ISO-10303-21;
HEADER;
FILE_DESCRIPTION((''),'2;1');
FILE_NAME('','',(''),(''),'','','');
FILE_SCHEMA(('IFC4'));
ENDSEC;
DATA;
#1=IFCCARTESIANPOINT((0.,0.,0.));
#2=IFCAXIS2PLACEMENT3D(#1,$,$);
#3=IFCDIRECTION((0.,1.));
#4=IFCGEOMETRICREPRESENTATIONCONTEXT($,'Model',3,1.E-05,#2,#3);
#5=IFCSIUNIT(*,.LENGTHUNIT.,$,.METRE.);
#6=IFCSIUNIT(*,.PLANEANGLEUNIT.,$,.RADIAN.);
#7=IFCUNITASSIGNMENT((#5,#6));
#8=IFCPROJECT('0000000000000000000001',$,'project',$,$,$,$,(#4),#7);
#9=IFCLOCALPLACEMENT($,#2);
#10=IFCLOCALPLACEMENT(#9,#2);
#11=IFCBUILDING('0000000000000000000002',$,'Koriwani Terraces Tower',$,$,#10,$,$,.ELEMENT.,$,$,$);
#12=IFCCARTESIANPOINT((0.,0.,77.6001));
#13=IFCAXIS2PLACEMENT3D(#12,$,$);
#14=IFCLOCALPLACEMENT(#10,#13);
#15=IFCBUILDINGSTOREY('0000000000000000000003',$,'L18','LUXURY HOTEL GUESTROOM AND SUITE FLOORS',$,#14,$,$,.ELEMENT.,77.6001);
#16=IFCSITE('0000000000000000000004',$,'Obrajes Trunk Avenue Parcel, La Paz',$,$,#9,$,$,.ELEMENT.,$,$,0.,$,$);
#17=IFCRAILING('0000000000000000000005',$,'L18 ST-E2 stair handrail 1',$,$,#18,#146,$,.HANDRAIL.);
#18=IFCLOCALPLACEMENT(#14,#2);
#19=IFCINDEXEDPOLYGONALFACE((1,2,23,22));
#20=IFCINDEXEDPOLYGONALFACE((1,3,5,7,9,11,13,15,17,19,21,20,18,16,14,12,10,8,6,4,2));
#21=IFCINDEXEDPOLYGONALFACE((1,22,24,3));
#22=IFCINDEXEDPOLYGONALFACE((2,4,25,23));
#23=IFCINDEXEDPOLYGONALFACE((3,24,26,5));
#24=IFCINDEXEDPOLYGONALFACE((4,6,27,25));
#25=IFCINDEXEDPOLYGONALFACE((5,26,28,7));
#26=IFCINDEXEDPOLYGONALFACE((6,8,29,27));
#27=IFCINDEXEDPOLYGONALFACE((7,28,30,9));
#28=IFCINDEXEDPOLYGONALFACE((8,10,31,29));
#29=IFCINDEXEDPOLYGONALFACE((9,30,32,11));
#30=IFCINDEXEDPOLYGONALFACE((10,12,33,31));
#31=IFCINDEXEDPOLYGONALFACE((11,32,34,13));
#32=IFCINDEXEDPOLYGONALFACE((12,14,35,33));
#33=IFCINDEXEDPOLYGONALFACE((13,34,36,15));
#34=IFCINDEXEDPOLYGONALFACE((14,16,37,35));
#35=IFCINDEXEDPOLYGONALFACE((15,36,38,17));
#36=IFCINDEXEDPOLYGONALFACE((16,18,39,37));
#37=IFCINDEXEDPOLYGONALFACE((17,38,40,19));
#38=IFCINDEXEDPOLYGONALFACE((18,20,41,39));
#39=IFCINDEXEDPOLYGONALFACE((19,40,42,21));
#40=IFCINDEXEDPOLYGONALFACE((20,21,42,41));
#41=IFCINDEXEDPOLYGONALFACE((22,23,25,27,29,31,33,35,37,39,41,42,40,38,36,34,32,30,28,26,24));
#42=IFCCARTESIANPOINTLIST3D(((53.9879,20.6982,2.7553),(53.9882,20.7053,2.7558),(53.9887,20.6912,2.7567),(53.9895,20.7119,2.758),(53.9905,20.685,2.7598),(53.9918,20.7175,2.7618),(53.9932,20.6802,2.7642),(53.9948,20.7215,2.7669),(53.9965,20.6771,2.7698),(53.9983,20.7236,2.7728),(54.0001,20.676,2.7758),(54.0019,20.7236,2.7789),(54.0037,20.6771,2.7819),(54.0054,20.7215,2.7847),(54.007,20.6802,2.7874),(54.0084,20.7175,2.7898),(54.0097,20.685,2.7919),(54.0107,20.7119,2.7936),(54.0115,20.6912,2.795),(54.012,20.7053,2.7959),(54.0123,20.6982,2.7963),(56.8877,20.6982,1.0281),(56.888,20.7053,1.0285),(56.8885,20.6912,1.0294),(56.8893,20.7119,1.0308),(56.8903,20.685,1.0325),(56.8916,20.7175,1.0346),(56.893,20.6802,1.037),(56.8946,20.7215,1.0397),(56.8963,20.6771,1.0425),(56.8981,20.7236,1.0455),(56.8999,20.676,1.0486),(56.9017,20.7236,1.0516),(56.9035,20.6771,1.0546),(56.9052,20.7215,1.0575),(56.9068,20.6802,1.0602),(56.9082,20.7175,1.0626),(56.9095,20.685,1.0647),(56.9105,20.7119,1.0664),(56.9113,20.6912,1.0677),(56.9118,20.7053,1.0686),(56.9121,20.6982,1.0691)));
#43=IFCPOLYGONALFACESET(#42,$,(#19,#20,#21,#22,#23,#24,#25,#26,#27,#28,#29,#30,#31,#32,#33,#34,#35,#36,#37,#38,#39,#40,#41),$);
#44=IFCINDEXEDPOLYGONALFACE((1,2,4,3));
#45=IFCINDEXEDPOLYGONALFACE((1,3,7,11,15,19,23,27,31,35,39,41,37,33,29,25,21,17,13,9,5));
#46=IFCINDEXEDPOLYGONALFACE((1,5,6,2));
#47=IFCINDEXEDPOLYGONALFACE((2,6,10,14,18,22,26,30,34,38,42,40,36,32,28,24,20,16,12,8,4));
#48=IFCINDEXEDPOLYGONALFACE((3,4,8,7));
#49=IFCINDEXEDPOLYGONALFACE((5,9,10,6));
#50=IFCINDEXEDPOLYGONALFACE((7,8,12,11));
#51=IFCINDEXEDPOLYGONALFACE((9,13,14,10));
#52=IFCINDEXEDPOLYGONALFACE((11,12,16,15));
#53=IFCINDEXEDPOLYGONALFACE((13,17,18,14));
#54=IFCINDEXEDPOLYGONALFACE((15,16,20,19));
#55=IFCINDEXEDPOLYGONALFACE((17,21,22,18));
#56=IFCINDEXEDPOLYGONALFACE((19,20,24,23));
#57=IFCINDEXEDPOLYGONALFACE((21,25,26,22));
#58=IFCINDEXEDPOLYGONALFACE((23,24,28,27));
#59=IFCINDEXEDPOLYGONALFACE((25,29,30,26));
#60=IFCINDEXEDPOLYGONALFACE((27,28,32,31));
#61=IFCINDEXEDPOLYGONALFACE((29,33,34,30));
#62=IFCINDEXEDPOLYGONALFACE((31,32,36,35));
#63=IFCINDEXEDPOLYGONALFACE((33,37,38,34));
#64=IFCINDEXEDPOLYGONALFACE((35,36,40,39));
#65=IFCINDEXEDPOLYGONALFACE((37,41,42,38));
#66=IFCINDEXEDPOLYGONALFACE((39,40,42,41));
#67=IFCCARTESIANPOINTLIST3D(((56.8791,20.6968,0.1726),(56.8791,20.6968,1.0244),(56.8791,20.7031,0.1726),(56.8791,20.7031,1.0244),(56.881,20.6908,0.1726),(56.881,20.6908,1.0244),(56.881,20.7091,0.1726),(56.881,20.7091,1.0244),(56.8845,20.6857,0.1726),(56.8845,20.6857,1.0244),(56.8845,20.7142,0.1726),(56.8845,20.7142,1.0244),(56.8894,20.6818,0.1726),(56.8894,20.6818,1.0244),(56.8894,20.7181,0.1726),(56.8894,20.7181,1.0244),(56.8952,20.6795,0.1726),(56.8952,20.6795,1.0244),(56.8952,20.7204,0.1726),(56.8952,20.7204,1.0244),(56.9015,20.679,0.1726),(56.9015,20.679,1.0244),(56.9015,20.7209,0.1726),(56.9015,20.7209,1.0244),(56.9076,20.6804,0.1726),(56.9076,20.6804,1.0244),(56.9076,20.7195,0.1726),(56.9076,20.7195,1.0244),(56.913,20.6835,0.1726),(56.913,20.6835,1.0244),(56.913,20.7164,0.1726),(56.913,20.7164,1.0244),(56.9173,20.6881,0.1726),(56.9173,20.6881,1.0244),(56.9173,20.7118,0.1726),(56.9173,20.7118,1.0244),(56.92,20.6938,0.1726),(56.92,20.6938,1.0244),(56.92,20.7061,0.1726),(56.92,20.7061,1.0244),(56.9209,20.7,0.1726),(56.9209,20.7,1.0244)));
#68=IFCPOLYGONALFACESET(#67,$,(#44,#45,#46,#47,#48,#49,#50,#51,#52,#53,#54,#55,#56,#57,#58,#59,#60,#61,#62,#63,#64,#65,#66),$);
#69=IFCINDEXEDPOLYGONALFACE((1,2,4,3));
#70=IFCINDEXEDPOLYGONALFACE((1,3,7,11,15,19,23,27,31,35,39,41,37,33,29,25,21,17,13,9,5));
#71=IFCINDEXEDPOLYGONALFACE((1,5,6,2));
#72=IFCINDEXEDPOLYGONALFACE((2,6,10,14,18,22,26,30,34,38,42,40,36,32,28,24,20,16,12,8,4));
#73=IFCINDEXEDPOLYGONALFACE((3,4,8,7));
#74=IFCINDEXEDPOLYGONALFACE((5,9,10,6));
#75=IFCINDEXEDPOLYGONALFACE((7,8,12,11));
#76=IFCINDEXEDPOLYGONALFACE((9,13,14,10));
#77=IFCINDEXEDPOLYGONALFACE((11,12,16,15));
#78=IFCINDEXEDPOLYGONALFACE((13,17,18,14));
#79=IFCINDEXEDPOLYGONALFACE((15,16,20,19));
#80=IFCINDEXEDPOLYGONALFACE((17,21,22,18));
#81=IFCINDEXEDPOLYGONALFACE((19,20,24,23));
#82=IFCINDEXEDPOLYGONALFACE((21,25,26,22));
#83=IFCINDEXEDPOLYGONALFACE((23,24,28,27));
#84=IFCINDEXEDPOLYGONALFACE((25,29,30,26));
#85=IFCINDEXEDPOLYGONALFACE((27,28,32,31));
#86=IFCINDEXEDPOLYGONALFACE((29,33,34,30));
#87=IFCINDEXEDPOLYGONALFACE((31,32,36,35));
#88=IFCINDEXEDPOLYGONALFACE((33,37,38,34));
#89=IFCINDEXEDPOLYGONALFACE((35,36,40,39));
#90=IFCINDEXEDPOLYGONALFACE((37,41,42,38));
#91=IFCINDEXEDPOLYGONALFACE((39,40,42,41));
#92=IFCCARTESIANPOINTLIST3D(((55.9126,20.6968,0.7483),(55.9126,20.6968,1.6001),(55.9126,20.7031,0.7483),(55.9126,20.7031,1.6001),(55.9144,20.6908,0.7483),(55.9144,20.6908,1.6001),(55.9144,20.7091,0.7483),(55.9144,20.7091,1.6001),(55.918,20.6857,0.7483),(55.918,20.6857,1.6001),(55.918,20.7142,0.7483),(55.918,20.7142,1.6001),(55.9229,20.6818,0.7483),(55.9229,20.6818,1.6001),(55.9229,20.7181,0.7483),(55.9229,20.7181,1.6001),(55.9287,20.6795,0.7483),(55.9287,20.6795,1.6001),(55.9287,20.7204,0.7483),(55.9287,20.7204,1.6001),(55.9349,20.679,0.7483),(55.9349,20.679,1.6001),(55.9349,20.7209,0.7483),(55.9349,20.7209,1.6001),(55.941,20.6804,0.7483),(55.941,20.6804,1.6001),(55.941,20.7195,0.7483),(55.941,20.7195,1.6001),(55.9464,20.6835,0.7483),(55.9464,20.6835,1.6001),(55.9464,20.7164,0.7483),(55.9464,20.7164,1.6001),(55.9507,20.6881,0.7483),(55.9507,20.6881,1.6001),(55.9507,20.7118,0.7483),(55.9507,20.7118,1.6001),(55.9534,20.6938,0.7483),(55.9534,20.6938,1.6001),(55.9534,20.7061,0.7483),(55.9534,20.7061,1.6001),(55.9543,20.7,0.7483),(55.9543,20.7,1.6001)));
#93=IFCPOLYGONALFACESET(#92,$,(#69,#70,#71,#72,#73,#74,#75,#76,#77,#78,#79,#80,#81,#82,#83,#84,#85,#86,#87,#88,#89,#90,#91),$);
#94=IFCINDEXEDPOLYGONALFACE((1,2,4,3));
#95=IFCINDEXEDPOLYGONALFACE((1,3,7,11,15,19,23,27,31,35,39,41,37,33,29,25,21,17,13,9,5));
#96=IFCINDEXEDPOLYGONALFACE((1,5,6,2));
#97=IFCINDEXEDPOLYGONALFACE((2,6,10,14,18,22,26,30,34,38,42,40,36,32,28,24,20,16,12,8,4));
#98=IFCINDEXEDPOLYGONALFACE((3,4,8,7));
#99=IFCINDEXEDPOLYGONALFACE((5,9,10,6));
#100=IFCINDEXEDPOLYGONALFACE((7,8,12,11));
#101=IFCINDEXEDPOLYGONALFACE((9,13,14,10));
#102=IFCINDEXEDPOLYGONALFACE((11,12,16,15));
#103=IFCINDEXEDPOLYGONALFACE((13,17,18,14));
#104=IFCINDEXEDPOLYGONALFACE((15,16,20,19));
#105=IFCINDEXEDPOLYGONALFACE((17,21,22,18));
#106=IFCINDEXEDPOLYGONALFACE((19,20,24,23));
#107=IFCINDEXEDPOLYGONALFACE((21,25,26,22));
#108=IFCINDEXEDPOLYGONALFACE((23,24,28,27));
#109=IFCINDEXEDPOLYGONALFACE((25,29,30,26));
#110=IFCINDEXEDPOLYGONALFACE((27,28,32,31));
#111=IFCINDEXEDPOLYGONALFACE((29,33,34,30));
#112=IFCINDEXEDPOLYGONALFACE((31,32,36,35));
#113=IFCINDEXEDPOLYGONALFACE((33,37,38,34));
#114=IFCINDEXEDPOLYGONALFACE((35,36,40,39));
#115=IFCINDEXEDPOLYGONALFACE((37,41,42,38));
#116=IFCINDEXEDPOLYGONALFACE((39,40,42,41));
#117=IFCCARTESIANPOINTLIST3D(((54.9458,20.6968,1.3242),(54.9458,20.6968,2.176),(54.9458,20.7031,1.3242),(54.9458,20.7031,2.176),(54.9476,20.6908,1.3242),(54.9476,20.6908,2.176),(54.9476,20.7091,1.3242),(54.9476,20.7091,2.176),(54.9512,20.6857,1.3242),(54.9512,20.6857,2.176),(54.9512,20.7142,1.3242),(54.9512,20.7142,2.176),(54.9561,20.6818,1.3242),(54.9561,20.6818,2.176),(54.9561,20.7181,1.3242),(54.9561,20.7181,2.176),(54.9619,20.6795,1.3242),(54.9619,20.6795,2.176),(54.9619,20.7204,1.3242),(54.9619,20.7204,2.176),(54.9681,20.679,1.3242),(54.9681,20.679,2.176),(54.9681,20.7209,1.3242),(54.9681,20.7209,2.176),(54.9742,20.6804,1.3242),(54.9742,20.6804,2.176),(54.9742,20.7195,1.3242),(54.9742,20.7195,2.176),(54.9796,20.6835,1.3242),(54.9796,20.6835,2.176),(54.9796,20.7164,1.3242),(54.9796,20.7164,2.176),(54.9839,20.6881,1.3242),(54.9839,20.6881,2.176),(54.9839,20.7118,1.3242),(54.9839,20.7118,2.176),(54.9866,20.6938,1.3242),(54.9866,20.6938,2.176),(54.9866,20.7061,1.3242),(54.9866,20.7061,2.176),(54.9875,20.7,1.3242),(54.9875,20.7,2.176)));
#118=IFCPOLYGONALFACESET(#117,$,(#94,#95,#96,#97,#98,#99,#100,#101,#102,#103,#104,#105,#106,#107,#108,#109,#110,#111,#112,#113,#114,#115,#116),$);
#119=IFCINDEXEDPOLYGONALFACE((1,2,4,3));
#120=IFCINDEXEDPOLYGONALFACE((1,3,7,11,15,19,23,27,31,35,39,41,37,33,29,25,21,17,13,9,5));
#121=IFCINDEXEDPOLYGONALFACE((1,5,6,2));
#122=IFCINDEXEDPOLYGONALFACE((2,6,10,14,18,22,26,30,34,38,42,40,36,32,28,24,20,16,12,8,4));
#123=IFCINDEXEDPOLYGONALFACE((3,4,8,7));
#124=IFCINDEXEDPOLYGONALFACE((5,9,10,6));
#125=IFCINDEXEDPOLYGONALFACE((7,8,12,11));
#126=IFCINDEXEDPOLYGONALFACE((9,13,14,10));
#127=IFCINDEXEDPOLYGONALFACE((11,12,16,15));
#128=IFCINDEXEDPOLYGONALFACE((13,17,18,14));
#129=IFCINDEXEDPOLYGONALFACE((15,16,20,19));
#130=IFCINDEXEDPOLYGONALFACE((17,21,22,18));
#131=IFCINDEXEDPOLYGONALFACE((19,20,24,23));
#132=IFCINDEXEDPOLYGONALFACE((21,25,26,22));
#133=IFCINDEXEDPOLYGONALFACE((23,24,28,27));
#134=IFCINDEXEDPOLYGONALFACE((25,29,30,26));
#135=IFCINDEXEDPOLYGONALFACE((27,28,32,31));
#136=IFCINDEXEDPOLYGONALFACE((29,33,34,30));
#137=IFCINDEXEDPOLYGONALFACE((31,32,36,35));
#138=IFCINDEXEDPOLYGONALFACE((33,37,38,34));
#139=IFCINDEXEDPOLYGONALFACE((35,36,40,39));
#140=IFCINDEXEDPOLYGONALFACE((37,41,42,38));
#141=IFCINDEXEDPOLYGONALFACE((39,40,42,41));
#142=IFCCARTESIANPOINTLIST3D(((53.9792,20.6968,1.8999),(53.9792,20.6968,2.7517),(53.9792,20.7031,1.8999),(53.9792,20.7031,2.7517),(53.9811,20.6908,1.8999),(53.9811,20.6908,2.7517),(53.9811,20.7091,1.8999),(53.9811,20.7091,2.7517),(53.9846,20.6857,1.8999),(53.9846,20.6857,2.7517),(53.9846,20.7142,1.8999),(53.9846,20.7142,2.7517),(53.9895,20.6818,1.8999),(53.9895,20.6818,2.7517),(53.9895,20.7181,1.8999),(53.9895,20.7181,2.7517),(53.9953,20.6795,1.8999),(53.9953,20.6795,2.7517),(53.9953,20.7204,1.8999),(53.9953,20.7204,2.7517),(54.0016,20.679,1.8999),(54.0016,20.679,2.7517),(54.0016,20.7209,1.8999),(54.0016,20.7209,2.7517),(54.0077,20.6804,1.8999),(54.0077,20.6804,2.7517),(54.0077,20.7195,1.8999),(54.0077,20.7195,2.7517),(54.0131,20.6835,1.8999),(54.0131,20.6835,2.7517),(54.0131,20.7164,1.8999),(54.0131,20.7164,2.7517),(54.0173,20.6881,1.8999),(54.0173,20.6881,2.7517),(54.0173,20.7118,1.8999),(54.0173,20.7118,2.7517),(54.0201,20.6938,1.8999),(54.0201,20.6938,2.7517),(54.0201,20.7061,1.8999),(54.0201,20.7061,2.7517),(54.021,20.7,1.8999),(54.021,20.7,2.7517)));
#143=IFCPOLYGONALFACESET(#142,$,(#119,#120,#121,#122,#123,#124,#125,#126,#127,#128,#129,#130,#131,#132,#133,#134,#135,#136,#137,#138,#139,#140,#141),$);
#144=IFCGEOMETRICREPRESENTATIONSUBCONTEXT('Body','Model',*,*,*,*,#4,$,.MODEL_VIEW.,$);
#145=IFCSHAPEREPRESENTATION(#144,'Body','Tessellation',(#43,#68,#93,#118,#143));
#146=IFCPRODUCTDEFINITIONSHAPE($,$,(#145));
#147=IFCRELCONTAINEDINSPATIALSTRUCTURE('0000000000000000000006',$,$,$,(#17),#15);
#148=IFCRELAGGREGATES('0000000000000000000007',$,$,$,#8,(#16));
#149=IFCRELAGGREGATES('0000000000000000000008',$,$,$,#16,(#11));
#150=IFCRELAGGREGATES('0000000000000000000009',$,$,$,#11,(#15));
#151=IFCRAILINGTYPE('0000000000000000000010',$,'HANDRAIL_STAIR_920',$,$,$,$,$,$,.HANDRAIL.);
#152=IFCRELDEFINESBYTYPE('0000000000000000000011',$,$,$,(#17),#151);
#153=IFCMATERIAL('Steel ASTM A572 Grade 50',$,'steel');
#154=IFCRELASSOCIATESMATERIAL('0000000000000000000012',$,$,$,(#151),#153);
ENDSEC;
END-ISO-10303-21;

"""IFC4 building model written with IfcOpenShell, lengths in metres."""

from ifc_helpers import new_model, si_unit, direction, frame, origin, origin_2d, place, context, subcontext, project, spatial, circle, extrude, material, type_object, element, save


model = new_model("IFC4")

# Units and contexts
model_context = context("Model", 3, precision=1e-05, world=origin(), true_north=direction((0.0, 1.0)))
body_context = subcontext(model_context, "Body", "Model", "MODEL_VIEW")
ifc_project = project(units=[si_unit("LENGTHUNIT", "METRE"), si_unit("PLANEANGLEUNIT", "RADIAN")], contexts=[model_context])

# Site, building, storey
site_placement = place(None, origin())
site = spatial("IfcSite", under=ifc_project, at=site_placement, Name="Obrajes Trunk Avenue Parcel, La Paz", CompositionType="ELEMENT", RefElevation=0.0)
building_placement = place(site_placement, origin())
building = spatial("IfcBuilding", under=site, at=building_placement, Name="Koriwani Terraces Tower", CompositionType="ELEMENT")
storey_placement = place(building_placement, frame((0.0, 0.0, 77.6001)))
storey = spatial("IfcBuildingStorey", under=building, at=storey_placement, Name="L18", Description="LUXURY HOTEL GUESTROOM AND SUITE FLOORS", CompositionType="ELEMENT", Elevation=77.6001)

# Shared definitions
ifc_material_1 = material(Name="Steel ASTM A572 Grade 50", Category="steel")

# Railing
railing_type_1 = type_object("IfcRailingType", Name="HANDRAIL_STAIR_920", PredefinedType="HANDRAIL", material=ifc_material_1)
railing_1_placement = place(storey_placement, frame((56.8999, 20.7, 0.1726)))
element("IfcRailing", 1, at=railing_1_placement, inside=storey, type_object=railing_type_1, Name="L18 ST-E2 stair handrail 1", PredefinedType="HANDRAIL", context=body_context, shape_type="SweptSolid", body=[
    extrude(circle(Radius=0.0239, at=origin_2d()), frame((0.0, 0.0, 0.876), z_axis=(-0.859141, 0.0, 0.511738), x_axis=(0.0, -1.0, 0.0)), (0.0, 0.0, 1.0), 3.3752),
    extrude(circle(Radius=0.021, at=origin_2d()), origin(), (0.0, 0.0, 1.0), 0.8518),
    extrude(circle(Radius=0.021, at=origin_2d()), frame((-0.9666, 0.0, 0.5757)), (0.0, 0.0, 1.0), 0.8518),
    extrude(circle(Radius=0.021, at=origin_2d()), frame((-1.9333, 0.0, 1.1516)), (0.0, 0.0, 1.0), 0.8518),
    extrude(circle(Radius=0.021, at=origin_2d()), frame((-2.8999, 0.0, 1.7273)), (0.0, 0.0, 1.0), 0.8518),
])

save(model, "model.ifc")
